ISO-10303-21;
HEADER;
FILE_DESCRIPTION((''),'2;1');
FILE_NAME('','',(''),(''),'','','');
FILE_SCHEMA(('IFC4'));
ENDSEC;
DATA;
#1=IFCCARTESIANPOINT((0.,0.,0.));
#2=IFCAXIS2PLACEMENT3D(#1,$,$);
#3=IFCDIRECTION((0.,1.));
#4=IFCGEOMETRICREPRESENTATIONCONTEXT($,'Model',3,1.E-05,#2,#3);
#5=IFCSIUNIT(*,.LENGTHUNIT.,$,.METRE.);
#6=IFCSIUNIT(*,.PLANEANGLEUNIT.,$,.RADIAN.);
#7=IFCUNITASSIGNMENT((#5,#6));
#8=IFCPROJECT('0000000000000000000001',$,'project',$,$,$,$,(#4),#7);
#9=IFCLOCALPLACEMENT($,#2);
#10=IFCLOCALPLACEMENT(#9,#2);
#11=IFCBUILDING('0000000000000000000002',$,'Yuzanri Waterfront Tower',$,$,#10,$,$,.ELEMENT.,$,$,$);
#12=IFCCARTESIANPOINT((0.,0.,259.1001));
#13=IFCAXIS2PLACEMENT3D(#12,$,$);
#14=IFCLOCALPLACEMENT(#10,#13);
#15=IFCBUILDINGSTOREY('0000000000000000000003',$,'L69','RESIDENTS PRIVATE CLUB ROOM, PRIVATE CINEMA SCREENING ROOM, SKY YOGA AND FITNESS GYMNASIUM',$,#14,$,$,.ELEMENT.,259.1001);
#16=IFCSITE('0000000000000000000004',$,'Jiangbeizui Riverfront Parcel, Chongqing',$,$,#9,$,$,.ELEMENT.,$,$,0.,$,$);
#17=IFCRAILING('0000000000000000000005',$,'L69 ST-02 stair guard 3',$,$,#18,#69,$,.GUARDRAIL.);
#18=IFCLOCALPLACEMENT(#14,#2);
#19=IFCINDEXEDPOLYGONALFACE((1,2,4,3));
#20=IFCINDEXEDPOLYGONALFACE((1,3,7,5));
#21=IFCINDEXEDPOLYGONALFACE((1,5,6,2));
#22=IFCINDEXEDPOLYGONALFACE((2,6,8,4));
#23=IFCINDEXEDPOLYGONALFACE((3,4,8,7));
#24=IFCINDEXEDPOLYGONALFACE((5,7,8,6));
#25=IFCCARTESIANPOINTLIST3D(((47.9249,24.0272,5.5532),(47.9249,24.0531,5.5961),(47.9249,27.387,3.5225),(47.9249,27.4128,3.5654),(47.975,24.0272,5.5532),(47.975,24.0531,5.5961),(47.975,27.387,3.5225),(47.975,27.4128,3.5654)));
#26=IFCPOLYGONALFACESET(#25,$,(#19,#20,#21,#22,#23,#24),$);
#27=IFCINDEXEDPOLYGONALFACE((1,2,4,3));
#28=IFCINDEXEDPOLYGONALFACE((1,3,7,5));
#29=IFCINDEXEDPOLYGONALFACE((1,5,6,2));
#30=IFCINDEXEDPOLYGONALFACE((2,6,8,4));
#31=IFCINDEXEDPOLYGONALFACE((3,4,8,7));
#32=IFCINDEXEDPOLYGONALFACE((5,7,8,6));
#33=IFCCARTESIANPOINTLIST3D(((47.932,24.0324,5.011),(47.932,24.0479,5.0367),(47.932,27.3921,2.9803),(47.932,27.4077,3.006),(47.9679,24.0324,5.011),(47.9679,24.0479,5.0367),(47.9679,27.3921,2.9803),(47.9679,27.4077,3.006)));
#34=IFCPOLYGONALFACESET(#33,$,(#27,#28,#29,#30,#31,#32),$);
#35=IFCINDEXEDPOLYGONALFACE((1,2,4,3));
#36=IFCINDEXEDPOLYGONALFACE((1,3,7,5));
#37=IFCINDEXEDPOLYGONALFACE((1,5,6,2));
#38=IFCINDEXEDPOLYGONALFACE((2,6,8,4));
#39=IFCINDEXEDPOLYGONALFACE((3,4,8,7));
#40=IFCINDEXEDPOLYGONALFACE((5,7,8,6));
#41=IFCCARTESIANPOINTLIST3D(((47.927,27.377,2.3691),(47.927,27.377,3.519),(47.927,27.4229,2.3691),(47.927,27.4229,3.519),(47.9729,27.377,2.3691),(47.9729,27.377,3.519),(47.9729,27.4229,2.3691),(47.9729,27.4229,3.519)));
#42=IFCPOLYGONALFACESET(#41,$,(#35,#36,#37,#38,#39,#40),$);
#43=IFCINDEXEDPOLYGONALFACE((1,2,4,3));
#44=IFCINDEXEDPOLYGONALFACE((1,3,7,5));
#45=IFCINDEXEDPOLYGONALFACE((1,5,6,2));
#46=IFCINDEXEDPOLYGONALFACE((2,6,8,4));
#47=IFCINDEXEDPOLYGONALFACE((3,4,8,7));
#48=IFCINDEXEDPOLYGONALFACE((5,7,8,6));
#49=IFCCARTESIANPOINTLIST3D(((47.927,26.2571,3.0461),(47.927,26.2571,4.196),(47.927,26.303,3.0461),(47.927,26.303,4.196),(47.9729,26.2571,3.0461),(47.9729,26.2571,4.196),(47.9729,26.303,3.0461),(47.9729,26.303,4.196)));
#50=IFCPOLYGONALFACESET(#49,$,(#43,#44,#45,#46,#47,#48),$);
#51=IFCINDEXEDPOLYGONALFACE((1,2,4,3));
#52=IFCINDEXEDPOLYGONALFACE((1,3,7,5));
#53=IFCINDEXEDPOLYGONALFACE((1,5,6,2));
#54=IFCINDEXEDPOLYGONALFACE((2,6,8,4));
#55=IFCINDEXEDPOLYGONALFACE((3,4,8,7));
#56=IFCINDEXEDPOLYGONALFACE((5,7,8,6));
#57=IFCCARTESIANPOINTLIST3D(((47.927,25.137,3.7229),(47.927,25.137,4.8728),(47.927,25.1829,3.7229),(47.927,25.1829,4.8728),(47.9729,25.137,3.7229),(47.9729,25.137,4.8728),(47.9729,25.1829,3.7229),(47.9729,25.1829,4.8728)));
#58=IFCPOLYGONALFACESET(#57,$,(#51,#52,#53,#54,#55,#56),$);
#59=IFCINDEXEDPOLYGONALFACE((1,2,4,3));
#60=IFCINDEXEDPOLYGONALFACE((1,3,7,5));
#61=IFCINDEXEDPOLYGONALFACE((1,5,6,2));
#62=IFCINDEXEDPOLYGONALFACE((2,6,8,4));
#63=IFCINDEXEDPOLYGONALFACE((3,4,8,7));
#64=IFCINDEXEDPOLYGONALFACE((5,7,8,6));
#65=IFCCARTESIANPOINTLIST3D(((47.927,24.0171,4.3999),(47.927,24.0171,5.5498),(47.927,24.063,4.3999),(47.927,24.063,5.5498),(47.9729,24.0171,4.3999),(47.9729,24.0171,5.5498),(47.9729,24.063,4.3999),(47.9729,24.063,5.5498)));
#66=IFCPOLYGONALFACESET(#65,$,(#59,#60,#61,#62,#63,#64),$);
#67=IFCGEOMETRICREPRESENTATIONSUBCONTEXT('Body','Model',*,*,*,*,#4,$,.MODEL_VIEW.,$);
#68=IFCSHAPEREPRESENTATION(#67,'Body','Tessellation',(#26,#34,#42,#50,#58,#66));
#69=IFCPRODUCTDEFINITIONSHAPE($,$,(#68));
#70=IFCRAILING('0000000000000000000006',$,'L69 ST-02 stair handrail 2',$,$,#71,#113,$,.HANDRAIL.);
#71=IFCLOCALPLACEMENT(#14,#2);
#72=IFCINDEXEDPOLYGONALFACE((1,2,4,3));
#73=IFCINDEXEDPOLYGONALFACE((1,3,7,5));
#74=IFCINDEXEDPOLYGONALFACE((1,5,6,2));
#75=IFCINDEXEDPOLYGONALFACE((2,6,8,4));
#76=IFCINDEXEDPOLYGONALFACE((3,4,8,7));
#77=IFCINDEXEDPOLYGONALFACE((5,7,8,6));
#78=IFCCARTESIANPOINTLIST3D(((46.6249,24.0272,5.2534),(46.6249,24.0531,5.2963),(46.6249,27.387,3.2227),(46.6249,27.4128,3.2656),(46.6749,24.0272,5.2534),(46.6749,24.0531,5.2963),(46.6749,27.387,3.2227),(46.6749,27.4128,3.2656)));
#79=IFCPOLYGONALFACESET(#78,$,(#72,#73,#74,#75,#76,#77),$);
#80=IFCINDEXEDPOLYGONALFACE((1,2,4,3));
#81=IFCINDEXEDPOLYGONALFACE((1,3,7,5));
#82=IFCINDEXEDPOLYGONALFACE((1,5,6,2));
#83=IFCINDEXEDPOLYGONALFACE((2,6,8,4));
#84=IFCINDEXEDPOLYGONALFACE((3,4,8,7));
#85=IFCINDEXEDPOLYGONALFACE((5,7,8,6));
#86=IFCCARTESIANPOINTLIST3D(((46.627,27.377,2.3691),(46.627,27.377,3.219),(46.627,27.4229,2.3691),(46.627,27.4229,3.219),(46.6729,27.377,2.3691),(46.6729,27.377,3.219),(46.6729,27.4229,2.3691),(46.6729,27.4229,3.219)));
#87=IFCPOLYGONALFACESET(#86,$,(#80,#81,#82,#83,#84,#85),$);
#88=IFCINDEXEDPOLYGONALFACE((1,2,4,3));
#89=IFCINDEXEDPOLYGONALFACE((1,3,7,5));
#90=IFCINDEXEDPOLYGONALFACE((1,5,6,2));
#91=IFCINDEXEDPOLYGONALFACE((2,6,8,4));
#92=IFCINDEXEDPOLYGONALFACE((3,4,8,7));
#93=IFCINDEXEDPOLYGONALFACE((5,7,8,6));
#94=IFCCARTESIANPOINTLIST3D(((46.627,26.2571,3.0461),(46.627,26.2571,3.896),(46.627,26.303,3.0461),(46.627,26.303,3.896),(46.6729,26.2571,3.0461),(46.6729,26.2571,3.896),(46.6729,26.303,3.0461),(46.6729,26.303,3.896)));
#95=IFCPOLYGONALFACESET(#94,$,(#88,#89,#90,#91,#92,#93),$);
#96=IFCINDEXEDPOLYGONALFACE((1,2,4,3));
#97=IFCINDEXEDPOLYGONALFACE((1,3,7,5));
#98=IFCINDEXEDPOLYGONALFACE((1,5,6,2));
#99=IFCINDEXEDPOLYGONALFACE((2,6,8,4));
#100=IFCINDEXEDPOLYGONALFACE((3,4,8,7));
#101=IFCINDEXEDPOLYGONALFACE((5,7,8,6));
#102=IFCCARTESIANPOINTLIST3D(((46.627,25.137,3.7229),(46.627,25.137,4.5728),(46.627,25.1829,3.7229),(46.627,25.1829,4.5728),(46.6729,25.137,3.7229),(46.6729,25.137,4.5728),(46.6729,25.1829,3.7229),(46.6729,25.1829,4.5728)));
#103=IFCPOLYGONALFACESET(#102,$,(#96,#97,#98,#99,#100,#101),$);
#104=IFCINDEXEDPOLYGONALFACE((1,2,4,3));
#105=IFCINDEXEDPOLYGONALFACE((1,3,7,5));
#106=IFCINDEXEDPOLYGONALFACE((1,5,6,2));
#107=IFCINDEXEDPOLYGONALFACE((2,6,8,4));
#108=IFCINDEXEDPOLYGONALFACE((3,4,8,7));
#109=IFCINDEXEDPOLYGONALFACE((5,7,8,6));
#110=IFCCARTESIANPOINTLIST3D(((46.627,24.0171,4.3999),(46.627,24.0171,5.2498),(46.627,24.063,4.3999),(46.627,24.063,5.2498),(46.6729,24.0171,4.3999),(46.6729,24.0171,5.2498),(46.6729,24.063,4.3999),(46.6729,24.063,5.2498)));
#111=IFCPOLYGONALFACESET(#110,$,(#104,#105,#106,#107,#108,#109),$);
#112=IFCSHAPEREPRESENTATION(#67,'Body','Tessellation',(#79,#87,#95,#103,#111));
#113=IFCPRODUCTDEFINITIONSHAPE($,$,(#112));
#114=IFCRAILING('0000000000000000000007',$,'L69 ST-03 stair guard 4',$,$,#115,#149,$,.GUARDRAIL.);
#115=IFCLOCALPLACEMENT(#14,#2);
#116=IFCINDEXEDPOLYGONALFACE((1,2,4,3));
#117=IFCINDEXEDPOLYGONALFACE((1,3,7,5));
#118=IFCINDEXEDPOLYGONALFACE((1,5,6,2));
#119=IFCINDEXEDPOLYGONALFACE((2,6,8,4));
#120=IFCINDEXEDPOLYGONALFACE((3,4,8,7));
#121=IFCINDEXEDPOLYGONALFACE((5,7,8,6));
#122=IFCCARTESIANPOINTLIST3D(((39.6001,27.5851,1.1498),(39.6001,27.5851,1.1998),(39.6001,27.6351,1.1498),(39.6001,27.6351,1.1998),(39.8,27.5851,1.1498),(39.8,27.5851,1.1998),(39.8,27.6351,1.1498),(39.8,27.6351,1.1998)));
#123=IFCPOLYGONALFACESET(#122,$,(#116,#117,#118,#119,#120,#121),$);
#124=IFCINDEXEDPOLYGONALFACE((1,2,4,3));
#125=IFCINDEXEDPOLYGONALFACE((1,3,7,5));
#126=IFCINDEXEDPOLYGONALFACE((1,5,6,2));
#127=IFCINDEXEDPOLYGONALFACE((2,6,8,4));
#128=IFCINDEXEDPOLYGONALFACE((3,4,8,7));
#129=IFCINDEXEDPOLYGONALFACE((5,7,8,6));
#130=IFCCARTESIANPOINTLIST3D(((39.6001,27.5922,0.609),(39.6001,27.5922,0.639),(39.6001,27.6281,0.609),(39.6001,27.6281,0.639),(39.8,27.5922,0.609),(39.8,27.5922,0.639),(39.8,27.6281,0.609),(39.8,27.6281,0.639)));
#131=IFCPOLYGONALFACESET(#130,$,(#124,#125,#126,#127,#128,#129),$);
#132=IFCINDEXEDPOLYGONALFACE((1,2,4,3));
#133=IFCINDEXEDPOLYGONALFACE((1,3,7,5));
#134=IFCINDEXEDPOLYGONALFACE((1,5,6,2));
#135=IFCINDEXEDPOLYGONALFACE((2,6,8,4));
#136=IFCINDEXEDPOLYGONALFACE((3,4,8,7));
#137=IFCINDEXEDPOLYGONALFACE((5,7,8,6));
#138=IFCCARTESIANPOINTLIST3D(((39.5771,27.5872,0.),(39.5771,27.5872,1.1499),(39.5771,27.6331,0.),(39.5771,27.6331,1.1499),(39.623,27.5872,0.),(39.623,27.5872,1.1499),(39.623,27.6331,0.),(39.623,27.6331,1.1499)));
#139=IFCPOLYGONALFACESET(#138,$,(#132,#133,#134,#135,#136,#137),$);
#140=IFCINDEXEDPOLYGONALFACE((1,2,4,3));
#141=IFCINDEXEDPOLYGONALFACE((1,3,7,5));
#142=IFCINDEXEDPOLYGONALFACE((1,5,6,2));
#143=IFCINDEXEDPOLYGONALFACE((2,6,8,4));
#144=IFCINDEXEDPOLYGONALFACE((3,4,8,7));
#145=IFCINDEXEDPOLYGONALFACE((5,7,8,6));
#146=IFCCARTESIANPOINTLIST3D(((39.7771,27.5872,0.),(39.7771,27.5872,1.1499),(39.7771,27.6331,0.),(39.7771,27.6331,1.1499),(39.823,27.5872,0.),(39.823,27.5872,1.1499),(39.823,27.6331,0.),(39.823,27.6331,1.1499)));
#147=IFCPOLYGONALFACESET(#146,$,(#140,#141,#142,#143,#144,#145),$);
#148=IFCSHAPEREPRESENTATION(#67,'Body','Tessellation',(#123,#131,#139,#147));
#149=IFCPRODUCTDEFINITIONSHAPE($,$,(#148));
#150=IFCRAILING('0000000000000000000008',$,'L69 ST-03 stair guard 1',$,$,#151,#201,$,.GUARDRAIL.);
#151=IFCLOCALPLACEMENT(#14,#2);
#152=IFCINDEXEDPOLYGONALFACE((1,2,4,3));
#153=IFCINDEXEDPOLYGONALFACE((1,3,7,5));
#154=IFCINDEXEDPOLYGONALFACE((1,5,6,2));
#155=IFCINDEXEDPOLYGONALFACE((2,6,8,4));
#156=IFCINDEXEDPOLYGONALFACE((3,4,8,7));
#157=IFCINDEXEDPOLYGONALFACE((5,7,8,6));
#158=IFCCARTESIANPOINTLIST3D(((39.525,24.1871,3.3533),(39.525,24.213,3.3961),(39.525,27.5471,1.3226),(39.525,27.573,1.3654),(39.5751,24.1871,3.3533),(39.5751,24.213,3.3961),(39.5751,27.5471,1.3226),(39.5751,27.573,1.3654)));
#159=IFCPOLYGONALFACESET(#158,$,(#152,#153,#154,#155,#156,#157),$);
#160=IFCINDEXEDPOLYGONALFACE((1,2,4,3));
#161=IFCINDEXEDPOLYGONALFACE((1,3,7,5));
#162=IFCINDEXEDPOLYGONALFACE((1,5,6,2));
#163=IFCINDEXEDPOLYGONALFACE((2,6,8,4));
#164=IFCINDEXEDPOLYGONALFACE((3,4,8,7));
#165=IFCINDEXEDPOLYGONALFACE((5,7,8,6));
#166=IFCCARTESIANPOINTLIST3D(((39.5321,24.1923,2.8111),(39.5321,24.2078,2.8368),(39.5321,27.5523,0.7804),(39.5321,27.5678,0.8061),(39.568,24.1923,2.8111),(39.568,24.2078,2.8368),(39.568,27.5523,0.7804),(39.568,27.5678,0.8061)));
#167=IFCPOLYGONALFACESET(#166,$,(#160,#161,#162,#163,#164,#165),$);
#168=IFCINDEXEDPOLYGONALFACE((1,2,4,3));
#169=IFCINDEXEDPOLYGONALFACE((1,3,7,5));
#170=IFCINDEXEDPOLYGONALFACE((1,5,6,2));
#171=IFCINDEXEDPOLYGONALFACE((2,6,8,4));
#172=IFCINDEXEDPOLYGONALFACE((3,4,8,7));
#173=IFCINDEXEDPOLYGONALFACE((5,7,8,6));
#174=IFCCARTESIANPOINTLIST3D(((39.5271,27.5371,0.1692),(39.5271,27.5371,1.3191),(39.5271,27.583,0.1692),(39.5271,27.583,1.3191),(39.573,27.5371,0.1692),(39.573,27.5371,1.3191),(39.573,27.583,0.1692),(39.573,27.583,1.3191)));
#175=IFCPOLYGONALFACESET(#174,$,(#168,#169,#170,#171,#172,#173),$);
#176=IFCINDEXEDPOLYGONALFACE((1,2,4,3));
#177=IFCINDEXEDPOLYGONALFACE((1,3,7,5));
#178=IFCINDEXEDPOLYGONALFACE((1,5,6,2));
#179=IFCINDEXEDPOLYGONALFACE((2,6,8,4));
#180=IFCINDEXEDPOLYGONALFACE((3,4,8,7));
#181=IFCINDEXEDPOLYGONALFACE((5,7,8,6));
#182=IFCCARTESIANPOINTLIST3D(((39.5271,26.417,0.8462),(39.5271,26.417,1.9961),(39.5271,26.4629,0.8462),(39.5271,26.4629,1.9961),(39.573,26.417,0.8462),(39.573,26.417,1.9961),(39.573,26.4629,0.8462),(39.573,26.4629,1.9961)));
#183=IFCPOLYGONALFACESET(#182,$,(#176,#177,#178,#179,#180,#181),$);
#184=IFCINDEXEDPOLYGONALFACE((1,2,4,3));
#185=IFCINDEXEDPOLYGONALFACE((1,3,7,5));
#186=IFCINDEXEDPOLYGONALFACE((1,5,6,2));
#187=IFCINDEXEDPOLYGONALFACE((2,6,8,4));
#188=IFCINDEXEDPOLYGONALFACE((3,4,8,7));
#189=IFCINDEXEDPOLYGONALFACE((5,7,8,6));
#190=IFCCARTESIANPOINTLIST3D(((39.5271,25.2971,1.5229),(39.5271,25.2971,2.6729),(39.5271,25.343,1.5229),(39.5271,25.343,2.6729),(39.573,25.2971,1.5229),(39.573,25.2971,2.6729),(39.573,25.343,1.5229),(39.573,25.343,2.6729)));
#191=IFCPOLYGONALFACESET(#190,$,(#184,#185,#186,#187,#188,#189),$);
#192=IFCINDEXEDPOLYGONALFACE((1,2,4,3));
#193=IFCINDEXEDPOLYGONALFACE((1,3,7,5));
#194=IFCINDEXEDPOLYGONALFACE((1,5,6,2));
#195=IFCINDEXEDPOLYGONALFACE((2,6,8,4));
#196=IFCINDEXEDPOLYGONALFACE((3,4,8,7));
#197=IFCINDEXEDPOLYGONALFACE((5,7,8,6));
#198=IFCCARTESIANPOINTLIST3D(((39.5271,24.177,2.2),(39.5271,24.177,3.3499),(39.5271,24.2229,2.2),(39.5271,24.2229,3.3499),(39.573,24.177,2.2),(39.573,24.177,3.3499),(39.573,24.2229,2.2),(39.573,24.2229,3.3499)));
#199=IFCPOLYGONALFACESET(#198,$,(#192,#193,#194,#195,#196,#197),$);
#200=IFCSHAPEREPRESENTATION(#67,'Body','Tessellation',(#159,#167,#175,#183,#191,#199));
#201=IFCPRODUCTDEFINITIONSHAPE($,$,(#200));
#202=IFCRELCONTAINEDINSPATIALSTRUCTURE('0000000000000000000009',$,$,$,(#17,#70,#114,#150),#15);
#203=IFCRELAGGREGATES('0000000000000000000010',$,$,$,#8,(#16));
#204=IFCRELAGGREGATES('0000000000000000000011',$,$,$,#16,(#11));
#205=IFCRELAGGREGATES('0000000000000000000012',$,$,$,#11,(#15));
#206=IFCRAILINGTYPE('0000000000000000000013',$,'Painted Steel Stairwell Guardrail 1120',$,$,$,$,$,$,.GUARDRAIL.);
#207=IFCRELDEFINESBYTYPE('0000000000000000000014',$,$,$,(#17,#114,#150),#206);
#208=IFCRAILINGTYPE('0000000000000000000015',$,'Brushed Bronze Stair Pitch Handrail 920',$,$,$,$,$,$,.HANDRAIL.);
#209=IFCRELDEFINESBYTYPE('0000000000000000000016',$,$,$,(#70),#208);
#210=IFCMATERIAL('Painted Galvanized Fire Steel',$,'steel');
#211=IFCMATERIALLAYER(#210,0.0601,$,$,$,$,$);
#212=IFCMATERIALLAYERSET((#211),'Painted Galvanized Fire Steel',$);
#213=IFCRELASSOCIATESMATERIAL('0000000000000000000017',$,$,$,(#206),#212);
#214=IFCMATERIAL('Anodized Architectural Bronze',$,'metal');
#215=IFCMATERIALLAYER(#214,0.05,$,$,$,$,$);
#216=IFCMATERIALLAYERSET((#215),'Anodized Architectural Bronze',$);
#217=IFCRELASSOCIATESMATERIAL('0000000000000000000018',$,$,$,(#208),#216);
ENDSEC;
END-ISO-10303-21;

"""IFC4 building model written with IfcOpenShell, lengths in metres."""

from ifc_helpers import new_model, si_unit, direction, frame, origin, origin_2d, place, context, subcontext, project, spatial, rectangle, extrude, source, transform, mapped, material, layer, layer_set, type_object, element, save


model = new_model("IFC4")

# Units and contexts
model_context = context("Model", 3, precision=1e-05, world=origin(), true_north=direction((0.0, 1.0)))
body_context = subcontext(model_context, "Body", "Model", "MODEL_VIEW")
ifc_project = project(units=[si_unit("LENGTHUNIT", "METRE"), si_unit("PLANEANGLEUNIT", "RADIAN")], contexts=[model_context])

# Site, building, storey
site_placement = place(None, origin())
site = spatial("IfcSite", under=ifc_project, at=site_placement, Name="Jiangbeizui Riverfront Parcel, Chongqing", CompositionType="ELEMENT", RefElevation=0.0)
building_placement = place(site_placement, origin())
building = spatial("IfcBuilding", under=site, at=building_placement, Name="Yuzanri Waterfront Tower", CompositionType="ELEMENT")
storey_placement = place(building_placement, frame((0.0, 0.0, 259.1001)))
storey = spatial("IfcBuildingStorey", under=building, at=storey_placement, Name="L69", Description="RESIDENTS PRIVATE CLUB ROOM, PRIVATE CINEMA SCREENING ROOM, SKY YOGA AND FITNESS GYMNASIUM", CompositionType="ELEMENT", Elevation=259.1001)

# Railings
ifc_material_1 = material(Name="Painted Galvanized Fire Steel", Category="steel")
ifc_layer_1 = layer(ifc_material_1, 0.0601)
ifc_layer_set_1 = layer_set([ifc_layer_1], Name="Painted Galvanized Fire Steel")
railing_type_1 = type_object("IfcRailingType", Name="Painted Steel Stairwell Guardrail 1120", PredefinedType="GUARDRAIL", material=ifc_layer_set_1)
shared_shape_1 = source(origin(), body_context, "Body", "SweptSolid", [
    extrude(rectangle(XDim=0.05, YDim=0.05, at=origin_2d()), frame((0.0, 0.0, 1.1748), z_axis=(0.0, -0.85582, 0.517273), x_axis=(1.0, 0.0, 0.0)), (0.0, 0.0, 1.0), 3.9258),
    extrude(rectangle(XDim=0.0359, YDim=0.03, at=origin_2d()), frame((0.0, 0.0, 0.624), z_axis=(0.0, -0.85582, 0.517273), x_axis=(1.0, 0.0, 0.0)), (0.0, 0.0, 1.0), 3.9258),
    extrude(rectangle(XDim=0.0459, YDim=0.0459, at=origin_2d()), origin(), (0.0, 0.0, 1.0), 1.1499),
    extrude(rectangle(XDim=0.0459, YDim=0.0459, at=origin_2d()), frame((0.0, -1.1199, 0.677)), (0.0, 0.0, 1.0), 1.1499),
    extrude(rectangle(XDim=0.0459, YDim=0.0459, at=origin_2d()), frame((0.0, -2.24, 1.3538)), (0.0, 0.0, 1.0), 1.1499),
    extrude(rectangle(XDim=0.0459, YDim=0.0459, at=origin_2d()), frame((0.0, -3.3599, 2.0308)), (0.0, 0.0, 1.0), 1.1499),
])
railing_1_placement = place(storey_placement, frame((47.95, 27.3999, 2.3691)))
element("IfcRailing", 1, at=railing_1_placement, inside=storey, type_object=railing_type_1, Name="L69 ST-02 stair guard 3", PredefinedType="GUARDRAIL", context=body_context, shape_type="MappedRepresentation", body=[
    mapped(shared_shape_1, transform((0.0, 0.0, 0.0), scale=1.0)),
])
ifc_material_2 = material(Name="Anodized Architectural Bronze", Category="metal")
ifc_layer_2 = layer(ifc_material_2, 0.05)
ifc_layer_set_2 = layer_set([ifc_layer_2], Name="Anodized Architectural Bronze")
railing_type_2 = type_object("IfcRailingType", Name="Brushed Bronze Stair Pitch Handrail 920", PredefinedType="HANDRAIL", material=ifc_layer_set_2)
shared_shape_2 = source(origin(), body_context, "Body", "SweptSolid", [
    extrude(rectangle(XDim=0.05, YDim=0.05, at=origin_2d()), frame((0.0, 0.0, 0.875), z_axis=(0.0, -0.85582, 0.517273), x_axis=(1.0, 0.0, 0.0)), (0.0, 0.0, 1.0), 3.9258),
    extrude(rectangle(XDim=0.0459, YDim=0.0459, at=origin_2d()), origin(), (0.0, 0.0, 1.0), 0.8499),
    extrude(rectangle(XDim=0.0459, YDim=0.0459, at=origin_2d()), frame((0.0, -1.1199, 0.677)), (0.0, 0.0, 1.0), 0.8499),
    extrude(rectangle(XDim=0.0459, YDim=0.0459, at=origin_2d()), frame((0.0, -2.24, 1.3538)), (0.0, 0.0, 1.0), 0.8499),
    extrude(rectangle(XDim=0.0459, YDim=0.0459, at=origin_2d()), frame((0.0, -3.3599, 2.0308)), (0.0, 0.0, 1.0), 0.8499),
])
railing_2_placement = place(storey_placement, frame((46.6499, 27.3999, 2.3691)))
element("IfcRailing", 2, at=railing_2_placement, inside=storey, type_object=railing_type_2, Name="L69 ST-02 stair handrail 2", PredefinedType="HANDRAIL", context=body_context, shape_type="MappedRepresentation", body=[
    mapped(shared_shape_2, transform((0.0, 0.0, 0.0), scale=1.0)),
])
shared_shape_3 = source(origin(), body_context, "Body", "SweptSolid", [
    extrude(rectangle(XDim=0.05, YDim=0.05, at=origin_2d()), frame((0.0, 0.0, 1.1748), z_axis=(1.0, 0.0, 0.0), x_axis=(0.0, 1.0, 0.0)), (0.0, 0.0, 1.0), 0.2),
    extrude(rectangle(XDim=0.0359, YDim=0.03, at=origin_2d()), frame((0.0, 0.0, 0.624), z_axis=(1.0, 0.0, 0.0), x_axis=(0.0, 1.0, 0.0)), (0.0, 0.0, 1.0), 0.2),
    extrude(rectangle(XDim=0.0459, YDim=0.0459, at=origin_2d()), origin(), (0.0, 0.0, 1.0), 1.1499),
    extrude(rectangle(XDim=0.0459, YDim=0.0459, at=origin_2d()), frame((0.2, 0.0, 0.0)), (0.0, 0.0, 1.0), 1.1499),
])
railing_3_placement = place(storey_placement, frame((39.6001, 27.6101, 0.0)))
element("IfcRailing", 3, at=railing_3_placement, inside=storey, type_object=railing_type_1, Name="L69 ST-03 stair guard 4", PredefinedType="GUARDRAIL", context=body_context, shape_type="MappedRepresentation", body=[
    mapped(shared_shape_3, transform((0.0, 0.0, 0.0), scale=1.0)),
])
shared_shape_4 = source(origin(), body_context, "Body", "SweptSolid", [
    extrude(rectangle(XDim=0.05, YDim=0.05, at=origin_2d()), frame((0.0, 0.0, 1.1748), z_axis=(0.0, -0.855837, 0.517246), x_axis=(1.0, 0.0, 0.0)), (0.0, 0.0, 1.0), 3.926),
    extrude(rectangle(XDim=0.0359, YDim=0.03, at=origin_2d()), frame((0.0, 0.0, 0.624), z_axis=(0.0, -0.855837, 0.517246), x_axis=(1.0, 0.0, 0.0)), (0.0, 0.0, 1.0), 3.926),
    extrude(rectangle(XDim=0.0459, YDim=0.0459, at=origin_2d()), origin(), (0.0, 0.0, 1.0), 1.1499),
    extrude(rectangle(XDim=0.0459, YDim=0.0459, at=origin_2d()), frame((0.0, -1.1201, 0.677)), (0.0, 0.0, 1.0), 1.1499),
    extrude(rectangle(XDim=0.0459, YDim=0.0459, at=origin_2d()), frame((0.0, -2.24, 1.3538)), (0.0, 0.0, 1.0), 1.1499),
    extrude(rectangle(XDim=0.0459, YDim=0.0459, at=origin_2d()), frame((0.0, -3.3601, 2.0308)), (0.0, 0.0, 1.0), 1.1499),
])
railing_4_placement = place(storey_placement, frame((39.55, 27.5601, 0.1692)))
element("IfcRailing", 4, at=railing_4_placement, inside=storey, type_object=railing_type_1, Name="L69 ST-03 stair guard 1", PredefinedType="GUARDRAIL", context=body_context, shape_type="MappedRepresentation", body=[
    mapped(shared_shape_4, transform((0.0, 0.0, 0.0), scale=1.0)),
])

save(model, "model.ifc")
